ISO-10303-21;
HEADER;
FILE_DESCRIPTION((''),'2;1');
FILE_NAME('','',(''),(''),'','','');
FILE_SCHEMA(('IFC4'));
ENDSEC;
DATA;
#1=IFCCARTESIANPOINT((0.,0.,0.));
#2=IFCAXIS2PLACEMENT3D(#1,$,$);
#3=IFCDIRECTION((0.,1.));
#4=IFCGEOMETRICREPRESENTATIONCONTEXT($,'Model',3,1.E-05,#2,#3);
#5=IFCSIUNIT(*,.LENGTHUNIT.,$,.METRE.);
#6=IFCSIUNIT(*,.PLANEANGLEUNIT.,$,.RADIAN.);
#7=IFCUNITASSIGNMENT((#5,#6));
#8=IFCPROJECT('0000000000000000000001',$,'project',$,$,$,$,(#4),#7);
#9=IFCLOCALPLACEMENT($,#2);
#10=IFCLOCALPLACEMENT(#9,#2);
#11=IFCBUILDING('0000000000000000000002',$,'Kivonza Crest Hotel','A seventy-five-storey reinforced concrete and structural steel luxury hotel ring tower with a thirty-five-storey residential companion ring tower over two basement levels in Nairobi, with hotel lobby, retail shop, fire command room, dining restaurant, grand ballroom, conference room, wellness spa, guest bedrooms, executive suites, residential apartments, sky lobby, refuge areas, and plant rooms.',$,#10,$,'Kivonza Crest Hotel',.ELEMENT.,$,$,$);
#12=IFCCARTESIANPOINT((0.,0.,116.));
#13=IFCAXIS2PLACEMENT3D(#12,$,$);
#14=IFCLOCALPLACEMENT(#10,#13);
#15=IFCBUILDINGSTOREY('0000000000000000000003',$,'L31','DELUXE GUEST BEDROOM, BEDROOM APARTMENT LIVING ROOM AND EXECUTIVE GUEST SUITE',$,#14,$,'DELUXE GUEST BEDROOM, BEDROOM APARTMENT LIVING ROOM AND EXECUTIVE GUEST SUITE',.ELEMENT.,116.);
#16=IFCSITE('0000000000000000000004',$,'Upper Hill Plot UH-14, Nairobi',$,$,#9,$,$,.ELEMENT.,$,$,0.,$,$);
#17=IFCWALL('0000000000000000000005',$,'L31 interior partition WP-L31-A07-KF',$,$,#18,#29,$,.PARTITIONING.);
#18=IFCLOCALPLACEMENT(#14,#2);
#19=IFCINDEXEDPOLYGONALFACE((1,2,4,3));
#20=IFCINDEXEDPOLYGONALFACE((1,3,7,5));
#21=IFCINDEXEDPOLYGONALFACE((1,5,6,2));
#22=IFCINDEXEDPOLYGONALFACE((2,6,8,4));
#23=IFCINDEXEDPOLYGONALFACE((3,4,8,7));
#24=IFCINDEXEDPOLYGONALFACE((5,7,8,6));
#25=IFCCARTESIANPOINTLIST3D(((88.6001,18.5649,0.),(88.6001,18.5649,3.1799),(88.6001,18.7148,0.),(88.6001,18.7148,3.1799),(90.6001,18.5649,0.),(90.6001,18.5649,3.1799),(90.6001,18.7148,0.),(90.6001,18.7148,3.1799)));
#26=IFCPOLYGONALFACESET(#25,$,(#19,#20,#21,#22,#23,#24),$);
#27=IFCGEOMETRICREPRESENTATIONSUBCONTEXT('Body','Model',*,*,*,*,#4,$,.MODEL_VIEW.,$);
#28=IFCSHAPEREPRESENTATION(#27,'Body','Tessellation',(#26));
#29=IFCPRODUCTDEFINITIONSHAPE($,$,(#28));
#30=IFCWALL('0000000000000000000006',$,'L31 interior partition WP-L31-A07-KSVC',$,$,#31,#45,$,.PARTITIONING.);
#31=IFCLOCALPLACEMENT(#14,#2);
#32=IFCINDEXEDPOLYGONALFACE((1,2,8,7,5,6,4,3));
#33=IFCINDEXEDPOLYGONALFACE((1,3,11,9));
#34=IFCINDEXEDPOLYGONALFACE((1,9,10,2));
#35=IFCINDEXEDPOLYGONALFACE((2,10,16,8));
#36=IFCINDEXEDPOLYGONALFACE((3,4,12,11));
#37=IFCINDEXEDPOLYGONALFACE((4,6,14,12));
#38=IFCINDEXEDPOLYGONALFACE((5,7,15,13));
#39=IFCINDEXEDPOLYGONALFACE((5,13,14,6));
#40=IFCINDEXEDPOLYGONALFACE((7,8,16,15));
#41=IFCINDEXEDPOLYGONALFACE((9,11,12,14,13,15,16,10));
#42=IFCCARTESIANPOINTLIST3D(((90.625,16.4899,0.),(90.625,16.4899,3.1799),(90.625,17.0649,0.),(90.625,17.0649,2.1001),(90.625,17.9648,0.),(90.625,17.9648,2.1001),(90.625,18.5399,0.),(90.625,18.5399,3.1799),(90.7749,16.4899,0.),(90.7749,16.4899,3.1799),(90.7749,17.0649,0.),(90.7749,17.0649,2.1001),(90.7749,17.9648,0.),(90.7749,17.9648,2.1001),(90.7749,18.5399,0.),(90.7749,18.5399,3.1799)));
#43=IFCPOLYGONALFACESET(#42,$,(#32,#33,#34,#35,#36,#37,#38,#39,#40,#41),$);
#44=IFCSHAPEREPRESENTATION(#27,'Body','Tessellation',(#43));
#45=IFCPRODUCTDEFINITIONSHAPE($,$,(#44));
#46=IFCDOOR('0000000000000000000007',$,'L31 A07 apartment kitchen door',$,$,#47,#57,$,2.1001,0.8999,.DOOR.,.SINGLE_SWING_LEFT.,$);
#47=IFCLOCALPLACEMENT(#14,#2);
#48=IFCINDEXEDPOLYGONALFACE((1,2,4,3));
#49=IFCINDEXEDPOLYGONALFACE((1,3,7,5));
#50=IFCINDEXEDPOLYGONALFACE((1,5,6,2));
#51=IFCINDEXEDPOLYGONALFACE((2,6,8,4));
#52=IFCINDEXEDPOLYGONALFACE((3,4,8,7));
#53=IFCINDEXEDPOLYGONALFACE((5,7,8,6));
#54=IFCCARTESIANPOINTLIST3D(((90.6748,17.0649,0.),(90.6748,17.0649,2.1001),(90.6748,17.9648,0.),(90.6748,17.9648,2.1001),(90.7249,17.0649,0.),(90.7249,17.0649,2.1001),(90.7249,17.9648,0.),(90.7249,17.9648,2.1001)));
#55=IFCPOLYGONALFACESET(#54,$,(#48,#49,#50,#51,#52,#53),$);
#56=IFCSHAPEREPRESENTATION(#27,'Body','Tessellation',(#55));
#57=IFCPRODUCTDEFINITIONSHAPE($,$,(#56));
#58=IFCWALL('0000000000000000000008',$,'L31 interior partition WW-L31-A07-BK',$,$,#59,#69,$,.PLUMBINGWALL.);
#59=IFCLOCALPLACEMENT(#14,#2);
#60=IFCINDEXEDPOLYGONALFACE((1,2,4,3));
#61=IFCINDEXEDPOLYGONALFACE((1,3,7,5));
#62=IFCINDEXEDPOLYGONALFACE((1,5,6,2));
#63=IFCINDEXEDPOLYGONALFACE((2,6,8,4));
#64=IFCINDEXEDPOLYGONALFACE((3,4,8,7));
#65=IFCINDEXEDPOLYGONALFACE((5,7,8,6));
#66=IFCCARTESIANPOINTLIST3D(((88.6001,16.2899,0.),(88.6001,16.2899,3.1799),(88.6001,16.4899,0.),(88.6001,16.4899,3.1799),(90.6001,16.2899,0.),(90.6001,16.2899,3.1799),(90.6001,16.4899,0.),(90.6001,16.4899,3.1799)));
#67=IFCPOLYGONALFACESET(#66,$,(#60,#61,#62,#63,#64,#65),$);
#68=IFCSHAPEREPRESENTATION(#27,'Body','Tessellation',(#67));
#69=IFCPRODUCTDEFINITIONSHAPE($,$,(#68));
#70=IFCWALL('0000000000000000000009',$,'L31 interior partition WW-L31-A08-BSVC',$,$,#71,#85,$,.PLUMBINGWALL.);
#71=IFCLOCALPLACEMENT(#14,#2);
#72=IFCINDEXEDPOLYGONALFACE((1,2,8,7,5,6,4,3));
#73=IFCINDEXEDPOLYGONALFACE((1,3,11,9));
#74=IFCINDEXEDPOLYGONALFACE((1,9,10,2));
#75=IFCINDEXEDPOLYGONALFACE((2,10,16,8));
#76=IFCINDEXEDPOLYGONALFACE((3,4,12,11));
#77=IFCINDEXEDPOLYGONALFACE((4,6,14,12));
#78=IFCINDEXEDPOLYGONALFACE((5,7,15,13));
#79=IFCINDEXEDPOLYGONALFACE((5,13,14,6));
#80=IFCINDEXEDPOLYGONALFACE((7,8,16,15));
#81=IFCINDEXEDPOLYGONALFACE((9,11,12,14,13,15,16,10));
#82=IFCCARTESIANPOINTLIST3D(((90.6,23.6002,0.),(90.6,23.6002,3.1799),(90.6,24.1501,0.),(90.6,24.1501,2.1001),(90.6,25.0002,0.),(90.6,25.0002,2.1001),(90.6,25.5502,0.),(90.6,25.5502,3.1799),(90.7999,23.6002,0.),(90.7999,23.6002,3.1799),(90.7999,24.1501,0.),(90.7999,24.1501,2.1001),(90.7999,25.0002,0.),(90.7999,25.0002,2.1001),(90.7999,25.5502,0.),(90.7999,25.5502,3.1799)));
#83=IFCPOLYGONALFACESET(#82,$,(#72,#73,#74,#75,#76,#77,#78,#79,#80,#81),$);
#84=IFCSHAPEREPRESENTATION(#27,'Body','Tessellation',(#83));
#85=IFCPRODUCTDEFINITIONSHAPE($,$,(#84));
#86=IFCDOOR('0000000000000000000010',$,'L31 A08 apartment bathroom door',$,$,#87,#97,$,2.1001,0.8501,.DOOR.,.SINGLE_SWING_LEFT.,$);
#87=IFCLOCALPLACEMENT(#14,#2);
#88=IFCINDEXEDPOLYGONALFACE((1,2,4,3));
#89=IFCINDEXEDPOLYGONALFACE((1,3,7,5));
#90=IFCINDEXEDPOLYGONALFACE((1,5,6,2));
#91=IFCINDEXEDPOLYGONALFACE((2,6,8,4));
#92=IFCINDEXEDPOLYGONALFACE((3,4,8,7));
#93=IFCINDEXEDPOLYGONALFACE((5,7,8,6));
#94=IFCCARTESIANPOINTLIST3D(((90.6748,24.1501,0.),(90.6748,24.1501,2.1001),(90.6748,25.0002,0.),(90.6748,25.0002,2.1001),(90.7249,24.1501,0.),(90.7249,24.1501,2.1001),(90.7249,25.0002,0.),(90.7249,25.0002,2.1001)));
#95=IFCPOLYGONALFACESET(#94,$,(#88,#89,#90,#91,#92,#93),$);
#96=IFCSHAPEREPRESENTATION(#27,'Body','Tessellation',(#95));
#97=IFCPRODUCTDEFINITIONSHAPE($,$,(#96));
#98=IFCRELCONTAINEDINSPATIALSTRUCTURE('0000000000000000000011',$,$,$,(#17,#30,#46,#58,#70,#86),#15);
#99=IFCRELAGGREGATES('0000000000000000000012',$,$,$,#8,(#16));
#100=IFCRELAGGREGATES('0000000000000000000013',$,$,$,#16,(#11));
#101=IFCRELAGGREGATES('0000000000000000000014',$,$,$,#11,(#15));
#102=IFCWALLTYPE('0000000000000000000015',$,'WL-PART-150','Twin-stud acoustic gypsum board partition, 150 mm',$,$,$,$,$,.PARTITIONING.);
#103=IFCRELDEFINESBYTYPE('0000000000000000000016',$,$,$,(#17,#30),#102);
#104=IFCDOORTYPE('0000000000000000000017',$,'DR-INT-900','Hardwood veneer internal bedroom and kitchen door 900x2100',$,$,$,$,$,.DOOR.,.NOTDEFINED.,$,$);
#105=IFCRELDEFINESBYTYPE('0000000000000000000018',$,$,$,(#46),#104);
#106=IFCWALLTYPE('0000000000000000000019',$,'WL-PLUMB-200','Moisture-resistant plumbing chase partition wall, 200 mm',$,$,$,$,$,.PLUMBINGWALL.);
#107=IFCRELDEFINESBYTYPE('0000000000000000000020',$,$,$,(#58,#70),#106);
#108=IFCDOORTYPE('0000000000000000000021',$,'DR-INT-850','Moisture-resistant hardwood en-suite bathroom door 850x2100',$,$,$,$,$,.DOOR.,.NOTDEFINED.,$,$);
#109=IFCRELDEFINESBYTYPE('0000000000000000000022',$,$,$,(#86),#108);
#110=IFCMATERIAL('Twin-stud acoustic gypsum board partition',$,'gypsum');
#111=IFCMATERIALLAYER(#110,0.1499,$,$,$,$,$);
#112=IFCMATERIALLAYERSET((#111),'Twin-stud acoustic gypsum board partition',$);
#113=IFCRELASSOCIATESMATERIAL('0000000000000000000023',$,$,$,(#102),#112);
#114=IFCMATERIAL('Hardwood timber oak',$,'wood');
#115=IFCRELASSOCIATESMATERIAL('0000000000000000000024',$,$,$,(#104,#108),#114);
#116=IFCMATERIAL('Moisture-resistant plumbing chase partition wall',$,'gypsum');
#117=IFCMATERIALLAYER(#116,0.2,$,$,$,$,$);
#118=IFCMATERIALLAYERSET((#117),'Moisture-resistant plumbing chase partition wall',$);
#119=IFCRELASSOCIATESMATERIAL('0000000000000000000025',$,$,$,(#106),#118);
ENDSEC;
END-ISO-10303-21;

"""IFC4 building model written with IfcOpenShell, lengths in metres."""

from ifc_helpers import new_model, si_unit, direction, frame, frame_2d, origin, place, context, subcontext, project, spatial, rectangle, extrude, material, layer, layer_set, type_object, element, fill, save


model = new_model("IFC4")

# Units and contexts
model_context = context("Model", 3, precision=1e-05, world=origin(), true_north=direction((0.0, 1.0)))
body_context = subcontext(model_context, "Body", "Model", "MODEL_VIEW")
ifc_project = project(units=[si_unit("LENGTHUNIT", "METRE"), si_unit("PLANEANGLEUNIT", "RADIAN")], contexts=[model_context])

# Site, building, storey
site_placement = place(None, origin())
site = spatial("IfcSite", under=ifc_project, at=site_placement, Name="Upper Hill Plot UH-14, Nairobi", CompositionType="ELEMENT", RefElevation=0.0)
building_placement = place(site_placement, origin())
building = spatial("IfcBuilding", under=site, at=building_placement, Name="Kivonza Crest Hotel", Description="A seventy-five-storey reinforced concrete and structural steel luxury hotel ring tower with a thirty-five-storey residential companion ring tower over two basement levels in Nairobi, with hotel lobby, retail shop, fire command room, dining restaurant, grand ballroom, conference room, wellness spa, guest bedrooms, executive suites, residential apartments, sky lobby, refuge areas, and plant rooms.", LongName="Kivonza Crest Hotel", CompositionType="ELEMENT")
storey_placement = place(building_placement, frame((0.0, 0.0, 116.0)))
storey = spatial("IfcBuildingStorey", under=building, at=storey_placement, Name="L31", Description="DELUXE GUEST BEDROOM, BEDROOM APARTMENT LIVING ROOM AND EXECUTIVE GUEST SUITE", LongName="DELUXE GUEST BEDROOM, BEDROOM APARTMENT LIVING ROOM AND EXECUTIVE GUEST SUITE", CompositionType="ELEMENT", Elevation=116.0)

# Shared definitions
ifc_material_1 = material(Name="Hardwood timber oak", Category="wood")

# Wall
ifc_material_2 = material(Name="Twin-stud acoustic gypsum board partition", Category="gypsum")
ifc_layer_1 = layer(ifc_material_2, 0.1499)
ifc_layer_set_1 = layer_set([ifc_layer_1], Name="Twin-stud acoustic gypsum board partition")
wall_type_1 = type_object("IfcWallType", Name="WL-PART-150", Description="Twin-stud acoustic gypsum board partition, 150 mm", PredefinedType="PARTITIONING", material=ifc_layer_set_1)
wall_1_placement = place(storey_placement, frame((88.6001, 18.6399, 0.0), z_axis=(0.0, 0.0, 1.0), x_axis=(1.0, 0.0, 0.0)))
element("IfcWall", 1, at=wall_1_placement, inside=storey, type_object=wall_type_1, Name="L31 interior partition WP-L31-A07-KF", PredefinedType="PARTITIONING", context=body_context, shape_type="SweptSolid", body=[
    extrude(rectangle(XDim=2.0, YDim=0.1499, at=frame_2d((1.0, 0.0))), origin(), (0.0, 0.0, 1.0), 3.1799),
])

# Wall, opening, door
wall_2_placement = place(storey_placement, frame((90.7, 16.49, 0.0), z_axis=(0.0, 0.0, 1.0), x_axis=(0.0, 1.0, 0.0)))
wall_2 = element("IfcWall", 2, at=wall_2_placement, inside=storey, type_object=wall_type_1, Name="L31 interior partition WP-L31-A07-KSVC", PredefinedType="PARTITIONING", context=body_context, shape_type="SweptSolid", body=[
    extrude(rectangle(XDim=2.05, YDim=0.1499, at=frame_2d((1.0249, 0.0))), origin(), (0.0, 0.0, 1.0), 3.1799),
])
opening_1_placement = place(wall_2_placement, frame((0.575, 0.0, 0.0)))
opening_1 = element("IfcOpeningElement", 3, at=opening_1_placement, cuts=wall_2, PredefinedType="OPENING", context=body_context, shape_type="SweptSolid", body=[
    extrude(rectangle(XDim=0.8999, YDim=2.1001, at=frame_2d((0.45, 1.05))), frame((0.0, 0.085, 0.0), z_axis=(0.0, -1.0, 0.0), x_axis=(1.0, 0.0, 0.0)), (0.0, 0.0, 1.0), 0.1699),
])
door_type_1 = type_object("IfcDoorType", Name="DR-INT-900", Description="Hardwood veneer internal bedroom and kitchen door 900x2100", OperationType="NOTDEFINED", PredefinedType="DOOR", material=ifc_material_1)
door_1_placement = place(opening_1_placement, frame((0.8999, 0.0, 0.0), z_axis=(0.0, 0.0, 1.0), x_axis=(-1.0, 0.0, 0.0)))
door_1 = element("IfcDoor", 4, at=door_1_placement, inside=storey, type_object=door_type_1, Name="L31 A07 apartment kitchen door", OperationType="SINGLE_SWING_LEFT", OverallHeight=2.1001, OverallWidth=0.8999, PredefinedType="DOOR", context=body_context, shape_type="SweptSolid", body=[
    extrude(rectangle(XDim=0.8999, YDim=2.1001, at=frame_2d((0.45, 1.05))), frame((0.0, 0.0249, 0.0), z_axis=(0.0, -1.0, 0.0), x_axis=(1.0, 0.0, 0.0)), (0.0, 0.0, 1.0), 0.05),
])
fill(opening_1, door_1)

# Wall
ifc_material_3 = material(Name="Moisture-resistant plumbing chase partition wall", Category="gypsum")
ifc_layer_2 = layer(ifc_material_3, 0.2)
ifc_layer_set_2 = layer_set([ifc_layer_2], Name="Moisture-resistant plumbing chase partition wall")
wall_type_2 = type_object("IfcWallType", Name="WL-PLUMB-200", Description="Moisture-resistant plumbing chase partition wall, 200 mm", PredefinedType="PLUMBINGWALL", material=ifc_layer_set_2)
wall_3_placement = place(storey_placement, frame((88.6001, 16.3899, 0.0), z_axis=(0.0, 0.0, 1.0), x_axis=(1.0, 0.0, 0.0)))
element("IfcWall", 5, at=wall_3_placement, inside=storey, type_object=wall_type_2, Name="L31 interior partition WW-L31-A07-BK", PredefinedType="PLUMBINGWALL", context=body_context, shape_type="SweptSolid", body=[
    extrude(rectangle(XDim=2.0, YDim=0.2, at=frame_2d((1.0, 0.0))), origin(), (0.0, 0.0, 1.0), 3.1799),
])

# Wall, opening, door
wall_4_placement = place(storey_placement, frame((90.7, 23.6001, 0.0), z_axis=(0.0, 0.0, 1.0), x_axis=(0.0, 1.0, 0.0)))
wall_4 = element("IfcWall", 6, at=wall_4_placement, inside=storey, type_object=wall_type_2, Name="L31 interior partition WW-L31-A08-BSVC", PredefinedType="PLUMBINGWALL", context=body_context, shape_type="SweptSolid", body=[
    extrude(rectangle(XDim=1.95, YDim=0.2, at=frame_2d((0.9751, 0.0))), origin(), (0.0, 0.0, 1.0), 3.1799),
])
opening_2_placement = place(wall_4_placement, frame((0.55, 0.0, 0.0)))
opening_2 = element("IfcOpeningElement", 7, at=opening_2_placement, cuts=wall_4, PredefinedType="OPENING", context=body_context, shape_type="SweptSolid", body=[
    extrude(rectangle(XDim=0.8501, YDim=2.1001, at=frame_2d((0.425, 1.05))), frame((0.0, 0.1099, 0.0), z_axis=(0.0, -1.0, 0.0), x_axis=(1.0, 0.0, 0.0)), (0.0, 0.0, 1.0), 0.22),
])
door_type_2 = type_object("IfcDoorType", Name="DR-INT-850", Description="Moisture-resistant hardwood en-suite bathroom door 850x2100", OperationType="NOTDEFINED", PredefinedType="DOOR", material=ifc_material_1)
door_2_placement = place(opening_2_placement, frame((0.8501, 0.0, 0.0), z_axis=(0.0, 0.0, 1.0), x_axis=(-1.0, 0.0, 0.0)))
door_2 = element("IfcDoor", 8, at=door_2_placement, inside=storey, type_object=door_type_2, Name="L31 A08 apartment bathroom door", OperationType="SINGLE_SWING_LEFT", OverallHeight=2.1001, OverallWidth=0.8501, PredefinedType="DOOR", context=body_context, shape_type="SweptSolid", body=[
    extrude(rectangle(XDim=0.8501, YDim=2.1001, at=frame_2d((0.425, 1.05))), frame((0.0, 0.0249, 0.0), z_axis=(0.0, -1.0, 0.0), x_axis=(1.0, 0.0, 0.0)), (0.0, 0.0, 1.0), 0.05),
])
fill(opening_2, door_2)

save(model, "model.ifc")
